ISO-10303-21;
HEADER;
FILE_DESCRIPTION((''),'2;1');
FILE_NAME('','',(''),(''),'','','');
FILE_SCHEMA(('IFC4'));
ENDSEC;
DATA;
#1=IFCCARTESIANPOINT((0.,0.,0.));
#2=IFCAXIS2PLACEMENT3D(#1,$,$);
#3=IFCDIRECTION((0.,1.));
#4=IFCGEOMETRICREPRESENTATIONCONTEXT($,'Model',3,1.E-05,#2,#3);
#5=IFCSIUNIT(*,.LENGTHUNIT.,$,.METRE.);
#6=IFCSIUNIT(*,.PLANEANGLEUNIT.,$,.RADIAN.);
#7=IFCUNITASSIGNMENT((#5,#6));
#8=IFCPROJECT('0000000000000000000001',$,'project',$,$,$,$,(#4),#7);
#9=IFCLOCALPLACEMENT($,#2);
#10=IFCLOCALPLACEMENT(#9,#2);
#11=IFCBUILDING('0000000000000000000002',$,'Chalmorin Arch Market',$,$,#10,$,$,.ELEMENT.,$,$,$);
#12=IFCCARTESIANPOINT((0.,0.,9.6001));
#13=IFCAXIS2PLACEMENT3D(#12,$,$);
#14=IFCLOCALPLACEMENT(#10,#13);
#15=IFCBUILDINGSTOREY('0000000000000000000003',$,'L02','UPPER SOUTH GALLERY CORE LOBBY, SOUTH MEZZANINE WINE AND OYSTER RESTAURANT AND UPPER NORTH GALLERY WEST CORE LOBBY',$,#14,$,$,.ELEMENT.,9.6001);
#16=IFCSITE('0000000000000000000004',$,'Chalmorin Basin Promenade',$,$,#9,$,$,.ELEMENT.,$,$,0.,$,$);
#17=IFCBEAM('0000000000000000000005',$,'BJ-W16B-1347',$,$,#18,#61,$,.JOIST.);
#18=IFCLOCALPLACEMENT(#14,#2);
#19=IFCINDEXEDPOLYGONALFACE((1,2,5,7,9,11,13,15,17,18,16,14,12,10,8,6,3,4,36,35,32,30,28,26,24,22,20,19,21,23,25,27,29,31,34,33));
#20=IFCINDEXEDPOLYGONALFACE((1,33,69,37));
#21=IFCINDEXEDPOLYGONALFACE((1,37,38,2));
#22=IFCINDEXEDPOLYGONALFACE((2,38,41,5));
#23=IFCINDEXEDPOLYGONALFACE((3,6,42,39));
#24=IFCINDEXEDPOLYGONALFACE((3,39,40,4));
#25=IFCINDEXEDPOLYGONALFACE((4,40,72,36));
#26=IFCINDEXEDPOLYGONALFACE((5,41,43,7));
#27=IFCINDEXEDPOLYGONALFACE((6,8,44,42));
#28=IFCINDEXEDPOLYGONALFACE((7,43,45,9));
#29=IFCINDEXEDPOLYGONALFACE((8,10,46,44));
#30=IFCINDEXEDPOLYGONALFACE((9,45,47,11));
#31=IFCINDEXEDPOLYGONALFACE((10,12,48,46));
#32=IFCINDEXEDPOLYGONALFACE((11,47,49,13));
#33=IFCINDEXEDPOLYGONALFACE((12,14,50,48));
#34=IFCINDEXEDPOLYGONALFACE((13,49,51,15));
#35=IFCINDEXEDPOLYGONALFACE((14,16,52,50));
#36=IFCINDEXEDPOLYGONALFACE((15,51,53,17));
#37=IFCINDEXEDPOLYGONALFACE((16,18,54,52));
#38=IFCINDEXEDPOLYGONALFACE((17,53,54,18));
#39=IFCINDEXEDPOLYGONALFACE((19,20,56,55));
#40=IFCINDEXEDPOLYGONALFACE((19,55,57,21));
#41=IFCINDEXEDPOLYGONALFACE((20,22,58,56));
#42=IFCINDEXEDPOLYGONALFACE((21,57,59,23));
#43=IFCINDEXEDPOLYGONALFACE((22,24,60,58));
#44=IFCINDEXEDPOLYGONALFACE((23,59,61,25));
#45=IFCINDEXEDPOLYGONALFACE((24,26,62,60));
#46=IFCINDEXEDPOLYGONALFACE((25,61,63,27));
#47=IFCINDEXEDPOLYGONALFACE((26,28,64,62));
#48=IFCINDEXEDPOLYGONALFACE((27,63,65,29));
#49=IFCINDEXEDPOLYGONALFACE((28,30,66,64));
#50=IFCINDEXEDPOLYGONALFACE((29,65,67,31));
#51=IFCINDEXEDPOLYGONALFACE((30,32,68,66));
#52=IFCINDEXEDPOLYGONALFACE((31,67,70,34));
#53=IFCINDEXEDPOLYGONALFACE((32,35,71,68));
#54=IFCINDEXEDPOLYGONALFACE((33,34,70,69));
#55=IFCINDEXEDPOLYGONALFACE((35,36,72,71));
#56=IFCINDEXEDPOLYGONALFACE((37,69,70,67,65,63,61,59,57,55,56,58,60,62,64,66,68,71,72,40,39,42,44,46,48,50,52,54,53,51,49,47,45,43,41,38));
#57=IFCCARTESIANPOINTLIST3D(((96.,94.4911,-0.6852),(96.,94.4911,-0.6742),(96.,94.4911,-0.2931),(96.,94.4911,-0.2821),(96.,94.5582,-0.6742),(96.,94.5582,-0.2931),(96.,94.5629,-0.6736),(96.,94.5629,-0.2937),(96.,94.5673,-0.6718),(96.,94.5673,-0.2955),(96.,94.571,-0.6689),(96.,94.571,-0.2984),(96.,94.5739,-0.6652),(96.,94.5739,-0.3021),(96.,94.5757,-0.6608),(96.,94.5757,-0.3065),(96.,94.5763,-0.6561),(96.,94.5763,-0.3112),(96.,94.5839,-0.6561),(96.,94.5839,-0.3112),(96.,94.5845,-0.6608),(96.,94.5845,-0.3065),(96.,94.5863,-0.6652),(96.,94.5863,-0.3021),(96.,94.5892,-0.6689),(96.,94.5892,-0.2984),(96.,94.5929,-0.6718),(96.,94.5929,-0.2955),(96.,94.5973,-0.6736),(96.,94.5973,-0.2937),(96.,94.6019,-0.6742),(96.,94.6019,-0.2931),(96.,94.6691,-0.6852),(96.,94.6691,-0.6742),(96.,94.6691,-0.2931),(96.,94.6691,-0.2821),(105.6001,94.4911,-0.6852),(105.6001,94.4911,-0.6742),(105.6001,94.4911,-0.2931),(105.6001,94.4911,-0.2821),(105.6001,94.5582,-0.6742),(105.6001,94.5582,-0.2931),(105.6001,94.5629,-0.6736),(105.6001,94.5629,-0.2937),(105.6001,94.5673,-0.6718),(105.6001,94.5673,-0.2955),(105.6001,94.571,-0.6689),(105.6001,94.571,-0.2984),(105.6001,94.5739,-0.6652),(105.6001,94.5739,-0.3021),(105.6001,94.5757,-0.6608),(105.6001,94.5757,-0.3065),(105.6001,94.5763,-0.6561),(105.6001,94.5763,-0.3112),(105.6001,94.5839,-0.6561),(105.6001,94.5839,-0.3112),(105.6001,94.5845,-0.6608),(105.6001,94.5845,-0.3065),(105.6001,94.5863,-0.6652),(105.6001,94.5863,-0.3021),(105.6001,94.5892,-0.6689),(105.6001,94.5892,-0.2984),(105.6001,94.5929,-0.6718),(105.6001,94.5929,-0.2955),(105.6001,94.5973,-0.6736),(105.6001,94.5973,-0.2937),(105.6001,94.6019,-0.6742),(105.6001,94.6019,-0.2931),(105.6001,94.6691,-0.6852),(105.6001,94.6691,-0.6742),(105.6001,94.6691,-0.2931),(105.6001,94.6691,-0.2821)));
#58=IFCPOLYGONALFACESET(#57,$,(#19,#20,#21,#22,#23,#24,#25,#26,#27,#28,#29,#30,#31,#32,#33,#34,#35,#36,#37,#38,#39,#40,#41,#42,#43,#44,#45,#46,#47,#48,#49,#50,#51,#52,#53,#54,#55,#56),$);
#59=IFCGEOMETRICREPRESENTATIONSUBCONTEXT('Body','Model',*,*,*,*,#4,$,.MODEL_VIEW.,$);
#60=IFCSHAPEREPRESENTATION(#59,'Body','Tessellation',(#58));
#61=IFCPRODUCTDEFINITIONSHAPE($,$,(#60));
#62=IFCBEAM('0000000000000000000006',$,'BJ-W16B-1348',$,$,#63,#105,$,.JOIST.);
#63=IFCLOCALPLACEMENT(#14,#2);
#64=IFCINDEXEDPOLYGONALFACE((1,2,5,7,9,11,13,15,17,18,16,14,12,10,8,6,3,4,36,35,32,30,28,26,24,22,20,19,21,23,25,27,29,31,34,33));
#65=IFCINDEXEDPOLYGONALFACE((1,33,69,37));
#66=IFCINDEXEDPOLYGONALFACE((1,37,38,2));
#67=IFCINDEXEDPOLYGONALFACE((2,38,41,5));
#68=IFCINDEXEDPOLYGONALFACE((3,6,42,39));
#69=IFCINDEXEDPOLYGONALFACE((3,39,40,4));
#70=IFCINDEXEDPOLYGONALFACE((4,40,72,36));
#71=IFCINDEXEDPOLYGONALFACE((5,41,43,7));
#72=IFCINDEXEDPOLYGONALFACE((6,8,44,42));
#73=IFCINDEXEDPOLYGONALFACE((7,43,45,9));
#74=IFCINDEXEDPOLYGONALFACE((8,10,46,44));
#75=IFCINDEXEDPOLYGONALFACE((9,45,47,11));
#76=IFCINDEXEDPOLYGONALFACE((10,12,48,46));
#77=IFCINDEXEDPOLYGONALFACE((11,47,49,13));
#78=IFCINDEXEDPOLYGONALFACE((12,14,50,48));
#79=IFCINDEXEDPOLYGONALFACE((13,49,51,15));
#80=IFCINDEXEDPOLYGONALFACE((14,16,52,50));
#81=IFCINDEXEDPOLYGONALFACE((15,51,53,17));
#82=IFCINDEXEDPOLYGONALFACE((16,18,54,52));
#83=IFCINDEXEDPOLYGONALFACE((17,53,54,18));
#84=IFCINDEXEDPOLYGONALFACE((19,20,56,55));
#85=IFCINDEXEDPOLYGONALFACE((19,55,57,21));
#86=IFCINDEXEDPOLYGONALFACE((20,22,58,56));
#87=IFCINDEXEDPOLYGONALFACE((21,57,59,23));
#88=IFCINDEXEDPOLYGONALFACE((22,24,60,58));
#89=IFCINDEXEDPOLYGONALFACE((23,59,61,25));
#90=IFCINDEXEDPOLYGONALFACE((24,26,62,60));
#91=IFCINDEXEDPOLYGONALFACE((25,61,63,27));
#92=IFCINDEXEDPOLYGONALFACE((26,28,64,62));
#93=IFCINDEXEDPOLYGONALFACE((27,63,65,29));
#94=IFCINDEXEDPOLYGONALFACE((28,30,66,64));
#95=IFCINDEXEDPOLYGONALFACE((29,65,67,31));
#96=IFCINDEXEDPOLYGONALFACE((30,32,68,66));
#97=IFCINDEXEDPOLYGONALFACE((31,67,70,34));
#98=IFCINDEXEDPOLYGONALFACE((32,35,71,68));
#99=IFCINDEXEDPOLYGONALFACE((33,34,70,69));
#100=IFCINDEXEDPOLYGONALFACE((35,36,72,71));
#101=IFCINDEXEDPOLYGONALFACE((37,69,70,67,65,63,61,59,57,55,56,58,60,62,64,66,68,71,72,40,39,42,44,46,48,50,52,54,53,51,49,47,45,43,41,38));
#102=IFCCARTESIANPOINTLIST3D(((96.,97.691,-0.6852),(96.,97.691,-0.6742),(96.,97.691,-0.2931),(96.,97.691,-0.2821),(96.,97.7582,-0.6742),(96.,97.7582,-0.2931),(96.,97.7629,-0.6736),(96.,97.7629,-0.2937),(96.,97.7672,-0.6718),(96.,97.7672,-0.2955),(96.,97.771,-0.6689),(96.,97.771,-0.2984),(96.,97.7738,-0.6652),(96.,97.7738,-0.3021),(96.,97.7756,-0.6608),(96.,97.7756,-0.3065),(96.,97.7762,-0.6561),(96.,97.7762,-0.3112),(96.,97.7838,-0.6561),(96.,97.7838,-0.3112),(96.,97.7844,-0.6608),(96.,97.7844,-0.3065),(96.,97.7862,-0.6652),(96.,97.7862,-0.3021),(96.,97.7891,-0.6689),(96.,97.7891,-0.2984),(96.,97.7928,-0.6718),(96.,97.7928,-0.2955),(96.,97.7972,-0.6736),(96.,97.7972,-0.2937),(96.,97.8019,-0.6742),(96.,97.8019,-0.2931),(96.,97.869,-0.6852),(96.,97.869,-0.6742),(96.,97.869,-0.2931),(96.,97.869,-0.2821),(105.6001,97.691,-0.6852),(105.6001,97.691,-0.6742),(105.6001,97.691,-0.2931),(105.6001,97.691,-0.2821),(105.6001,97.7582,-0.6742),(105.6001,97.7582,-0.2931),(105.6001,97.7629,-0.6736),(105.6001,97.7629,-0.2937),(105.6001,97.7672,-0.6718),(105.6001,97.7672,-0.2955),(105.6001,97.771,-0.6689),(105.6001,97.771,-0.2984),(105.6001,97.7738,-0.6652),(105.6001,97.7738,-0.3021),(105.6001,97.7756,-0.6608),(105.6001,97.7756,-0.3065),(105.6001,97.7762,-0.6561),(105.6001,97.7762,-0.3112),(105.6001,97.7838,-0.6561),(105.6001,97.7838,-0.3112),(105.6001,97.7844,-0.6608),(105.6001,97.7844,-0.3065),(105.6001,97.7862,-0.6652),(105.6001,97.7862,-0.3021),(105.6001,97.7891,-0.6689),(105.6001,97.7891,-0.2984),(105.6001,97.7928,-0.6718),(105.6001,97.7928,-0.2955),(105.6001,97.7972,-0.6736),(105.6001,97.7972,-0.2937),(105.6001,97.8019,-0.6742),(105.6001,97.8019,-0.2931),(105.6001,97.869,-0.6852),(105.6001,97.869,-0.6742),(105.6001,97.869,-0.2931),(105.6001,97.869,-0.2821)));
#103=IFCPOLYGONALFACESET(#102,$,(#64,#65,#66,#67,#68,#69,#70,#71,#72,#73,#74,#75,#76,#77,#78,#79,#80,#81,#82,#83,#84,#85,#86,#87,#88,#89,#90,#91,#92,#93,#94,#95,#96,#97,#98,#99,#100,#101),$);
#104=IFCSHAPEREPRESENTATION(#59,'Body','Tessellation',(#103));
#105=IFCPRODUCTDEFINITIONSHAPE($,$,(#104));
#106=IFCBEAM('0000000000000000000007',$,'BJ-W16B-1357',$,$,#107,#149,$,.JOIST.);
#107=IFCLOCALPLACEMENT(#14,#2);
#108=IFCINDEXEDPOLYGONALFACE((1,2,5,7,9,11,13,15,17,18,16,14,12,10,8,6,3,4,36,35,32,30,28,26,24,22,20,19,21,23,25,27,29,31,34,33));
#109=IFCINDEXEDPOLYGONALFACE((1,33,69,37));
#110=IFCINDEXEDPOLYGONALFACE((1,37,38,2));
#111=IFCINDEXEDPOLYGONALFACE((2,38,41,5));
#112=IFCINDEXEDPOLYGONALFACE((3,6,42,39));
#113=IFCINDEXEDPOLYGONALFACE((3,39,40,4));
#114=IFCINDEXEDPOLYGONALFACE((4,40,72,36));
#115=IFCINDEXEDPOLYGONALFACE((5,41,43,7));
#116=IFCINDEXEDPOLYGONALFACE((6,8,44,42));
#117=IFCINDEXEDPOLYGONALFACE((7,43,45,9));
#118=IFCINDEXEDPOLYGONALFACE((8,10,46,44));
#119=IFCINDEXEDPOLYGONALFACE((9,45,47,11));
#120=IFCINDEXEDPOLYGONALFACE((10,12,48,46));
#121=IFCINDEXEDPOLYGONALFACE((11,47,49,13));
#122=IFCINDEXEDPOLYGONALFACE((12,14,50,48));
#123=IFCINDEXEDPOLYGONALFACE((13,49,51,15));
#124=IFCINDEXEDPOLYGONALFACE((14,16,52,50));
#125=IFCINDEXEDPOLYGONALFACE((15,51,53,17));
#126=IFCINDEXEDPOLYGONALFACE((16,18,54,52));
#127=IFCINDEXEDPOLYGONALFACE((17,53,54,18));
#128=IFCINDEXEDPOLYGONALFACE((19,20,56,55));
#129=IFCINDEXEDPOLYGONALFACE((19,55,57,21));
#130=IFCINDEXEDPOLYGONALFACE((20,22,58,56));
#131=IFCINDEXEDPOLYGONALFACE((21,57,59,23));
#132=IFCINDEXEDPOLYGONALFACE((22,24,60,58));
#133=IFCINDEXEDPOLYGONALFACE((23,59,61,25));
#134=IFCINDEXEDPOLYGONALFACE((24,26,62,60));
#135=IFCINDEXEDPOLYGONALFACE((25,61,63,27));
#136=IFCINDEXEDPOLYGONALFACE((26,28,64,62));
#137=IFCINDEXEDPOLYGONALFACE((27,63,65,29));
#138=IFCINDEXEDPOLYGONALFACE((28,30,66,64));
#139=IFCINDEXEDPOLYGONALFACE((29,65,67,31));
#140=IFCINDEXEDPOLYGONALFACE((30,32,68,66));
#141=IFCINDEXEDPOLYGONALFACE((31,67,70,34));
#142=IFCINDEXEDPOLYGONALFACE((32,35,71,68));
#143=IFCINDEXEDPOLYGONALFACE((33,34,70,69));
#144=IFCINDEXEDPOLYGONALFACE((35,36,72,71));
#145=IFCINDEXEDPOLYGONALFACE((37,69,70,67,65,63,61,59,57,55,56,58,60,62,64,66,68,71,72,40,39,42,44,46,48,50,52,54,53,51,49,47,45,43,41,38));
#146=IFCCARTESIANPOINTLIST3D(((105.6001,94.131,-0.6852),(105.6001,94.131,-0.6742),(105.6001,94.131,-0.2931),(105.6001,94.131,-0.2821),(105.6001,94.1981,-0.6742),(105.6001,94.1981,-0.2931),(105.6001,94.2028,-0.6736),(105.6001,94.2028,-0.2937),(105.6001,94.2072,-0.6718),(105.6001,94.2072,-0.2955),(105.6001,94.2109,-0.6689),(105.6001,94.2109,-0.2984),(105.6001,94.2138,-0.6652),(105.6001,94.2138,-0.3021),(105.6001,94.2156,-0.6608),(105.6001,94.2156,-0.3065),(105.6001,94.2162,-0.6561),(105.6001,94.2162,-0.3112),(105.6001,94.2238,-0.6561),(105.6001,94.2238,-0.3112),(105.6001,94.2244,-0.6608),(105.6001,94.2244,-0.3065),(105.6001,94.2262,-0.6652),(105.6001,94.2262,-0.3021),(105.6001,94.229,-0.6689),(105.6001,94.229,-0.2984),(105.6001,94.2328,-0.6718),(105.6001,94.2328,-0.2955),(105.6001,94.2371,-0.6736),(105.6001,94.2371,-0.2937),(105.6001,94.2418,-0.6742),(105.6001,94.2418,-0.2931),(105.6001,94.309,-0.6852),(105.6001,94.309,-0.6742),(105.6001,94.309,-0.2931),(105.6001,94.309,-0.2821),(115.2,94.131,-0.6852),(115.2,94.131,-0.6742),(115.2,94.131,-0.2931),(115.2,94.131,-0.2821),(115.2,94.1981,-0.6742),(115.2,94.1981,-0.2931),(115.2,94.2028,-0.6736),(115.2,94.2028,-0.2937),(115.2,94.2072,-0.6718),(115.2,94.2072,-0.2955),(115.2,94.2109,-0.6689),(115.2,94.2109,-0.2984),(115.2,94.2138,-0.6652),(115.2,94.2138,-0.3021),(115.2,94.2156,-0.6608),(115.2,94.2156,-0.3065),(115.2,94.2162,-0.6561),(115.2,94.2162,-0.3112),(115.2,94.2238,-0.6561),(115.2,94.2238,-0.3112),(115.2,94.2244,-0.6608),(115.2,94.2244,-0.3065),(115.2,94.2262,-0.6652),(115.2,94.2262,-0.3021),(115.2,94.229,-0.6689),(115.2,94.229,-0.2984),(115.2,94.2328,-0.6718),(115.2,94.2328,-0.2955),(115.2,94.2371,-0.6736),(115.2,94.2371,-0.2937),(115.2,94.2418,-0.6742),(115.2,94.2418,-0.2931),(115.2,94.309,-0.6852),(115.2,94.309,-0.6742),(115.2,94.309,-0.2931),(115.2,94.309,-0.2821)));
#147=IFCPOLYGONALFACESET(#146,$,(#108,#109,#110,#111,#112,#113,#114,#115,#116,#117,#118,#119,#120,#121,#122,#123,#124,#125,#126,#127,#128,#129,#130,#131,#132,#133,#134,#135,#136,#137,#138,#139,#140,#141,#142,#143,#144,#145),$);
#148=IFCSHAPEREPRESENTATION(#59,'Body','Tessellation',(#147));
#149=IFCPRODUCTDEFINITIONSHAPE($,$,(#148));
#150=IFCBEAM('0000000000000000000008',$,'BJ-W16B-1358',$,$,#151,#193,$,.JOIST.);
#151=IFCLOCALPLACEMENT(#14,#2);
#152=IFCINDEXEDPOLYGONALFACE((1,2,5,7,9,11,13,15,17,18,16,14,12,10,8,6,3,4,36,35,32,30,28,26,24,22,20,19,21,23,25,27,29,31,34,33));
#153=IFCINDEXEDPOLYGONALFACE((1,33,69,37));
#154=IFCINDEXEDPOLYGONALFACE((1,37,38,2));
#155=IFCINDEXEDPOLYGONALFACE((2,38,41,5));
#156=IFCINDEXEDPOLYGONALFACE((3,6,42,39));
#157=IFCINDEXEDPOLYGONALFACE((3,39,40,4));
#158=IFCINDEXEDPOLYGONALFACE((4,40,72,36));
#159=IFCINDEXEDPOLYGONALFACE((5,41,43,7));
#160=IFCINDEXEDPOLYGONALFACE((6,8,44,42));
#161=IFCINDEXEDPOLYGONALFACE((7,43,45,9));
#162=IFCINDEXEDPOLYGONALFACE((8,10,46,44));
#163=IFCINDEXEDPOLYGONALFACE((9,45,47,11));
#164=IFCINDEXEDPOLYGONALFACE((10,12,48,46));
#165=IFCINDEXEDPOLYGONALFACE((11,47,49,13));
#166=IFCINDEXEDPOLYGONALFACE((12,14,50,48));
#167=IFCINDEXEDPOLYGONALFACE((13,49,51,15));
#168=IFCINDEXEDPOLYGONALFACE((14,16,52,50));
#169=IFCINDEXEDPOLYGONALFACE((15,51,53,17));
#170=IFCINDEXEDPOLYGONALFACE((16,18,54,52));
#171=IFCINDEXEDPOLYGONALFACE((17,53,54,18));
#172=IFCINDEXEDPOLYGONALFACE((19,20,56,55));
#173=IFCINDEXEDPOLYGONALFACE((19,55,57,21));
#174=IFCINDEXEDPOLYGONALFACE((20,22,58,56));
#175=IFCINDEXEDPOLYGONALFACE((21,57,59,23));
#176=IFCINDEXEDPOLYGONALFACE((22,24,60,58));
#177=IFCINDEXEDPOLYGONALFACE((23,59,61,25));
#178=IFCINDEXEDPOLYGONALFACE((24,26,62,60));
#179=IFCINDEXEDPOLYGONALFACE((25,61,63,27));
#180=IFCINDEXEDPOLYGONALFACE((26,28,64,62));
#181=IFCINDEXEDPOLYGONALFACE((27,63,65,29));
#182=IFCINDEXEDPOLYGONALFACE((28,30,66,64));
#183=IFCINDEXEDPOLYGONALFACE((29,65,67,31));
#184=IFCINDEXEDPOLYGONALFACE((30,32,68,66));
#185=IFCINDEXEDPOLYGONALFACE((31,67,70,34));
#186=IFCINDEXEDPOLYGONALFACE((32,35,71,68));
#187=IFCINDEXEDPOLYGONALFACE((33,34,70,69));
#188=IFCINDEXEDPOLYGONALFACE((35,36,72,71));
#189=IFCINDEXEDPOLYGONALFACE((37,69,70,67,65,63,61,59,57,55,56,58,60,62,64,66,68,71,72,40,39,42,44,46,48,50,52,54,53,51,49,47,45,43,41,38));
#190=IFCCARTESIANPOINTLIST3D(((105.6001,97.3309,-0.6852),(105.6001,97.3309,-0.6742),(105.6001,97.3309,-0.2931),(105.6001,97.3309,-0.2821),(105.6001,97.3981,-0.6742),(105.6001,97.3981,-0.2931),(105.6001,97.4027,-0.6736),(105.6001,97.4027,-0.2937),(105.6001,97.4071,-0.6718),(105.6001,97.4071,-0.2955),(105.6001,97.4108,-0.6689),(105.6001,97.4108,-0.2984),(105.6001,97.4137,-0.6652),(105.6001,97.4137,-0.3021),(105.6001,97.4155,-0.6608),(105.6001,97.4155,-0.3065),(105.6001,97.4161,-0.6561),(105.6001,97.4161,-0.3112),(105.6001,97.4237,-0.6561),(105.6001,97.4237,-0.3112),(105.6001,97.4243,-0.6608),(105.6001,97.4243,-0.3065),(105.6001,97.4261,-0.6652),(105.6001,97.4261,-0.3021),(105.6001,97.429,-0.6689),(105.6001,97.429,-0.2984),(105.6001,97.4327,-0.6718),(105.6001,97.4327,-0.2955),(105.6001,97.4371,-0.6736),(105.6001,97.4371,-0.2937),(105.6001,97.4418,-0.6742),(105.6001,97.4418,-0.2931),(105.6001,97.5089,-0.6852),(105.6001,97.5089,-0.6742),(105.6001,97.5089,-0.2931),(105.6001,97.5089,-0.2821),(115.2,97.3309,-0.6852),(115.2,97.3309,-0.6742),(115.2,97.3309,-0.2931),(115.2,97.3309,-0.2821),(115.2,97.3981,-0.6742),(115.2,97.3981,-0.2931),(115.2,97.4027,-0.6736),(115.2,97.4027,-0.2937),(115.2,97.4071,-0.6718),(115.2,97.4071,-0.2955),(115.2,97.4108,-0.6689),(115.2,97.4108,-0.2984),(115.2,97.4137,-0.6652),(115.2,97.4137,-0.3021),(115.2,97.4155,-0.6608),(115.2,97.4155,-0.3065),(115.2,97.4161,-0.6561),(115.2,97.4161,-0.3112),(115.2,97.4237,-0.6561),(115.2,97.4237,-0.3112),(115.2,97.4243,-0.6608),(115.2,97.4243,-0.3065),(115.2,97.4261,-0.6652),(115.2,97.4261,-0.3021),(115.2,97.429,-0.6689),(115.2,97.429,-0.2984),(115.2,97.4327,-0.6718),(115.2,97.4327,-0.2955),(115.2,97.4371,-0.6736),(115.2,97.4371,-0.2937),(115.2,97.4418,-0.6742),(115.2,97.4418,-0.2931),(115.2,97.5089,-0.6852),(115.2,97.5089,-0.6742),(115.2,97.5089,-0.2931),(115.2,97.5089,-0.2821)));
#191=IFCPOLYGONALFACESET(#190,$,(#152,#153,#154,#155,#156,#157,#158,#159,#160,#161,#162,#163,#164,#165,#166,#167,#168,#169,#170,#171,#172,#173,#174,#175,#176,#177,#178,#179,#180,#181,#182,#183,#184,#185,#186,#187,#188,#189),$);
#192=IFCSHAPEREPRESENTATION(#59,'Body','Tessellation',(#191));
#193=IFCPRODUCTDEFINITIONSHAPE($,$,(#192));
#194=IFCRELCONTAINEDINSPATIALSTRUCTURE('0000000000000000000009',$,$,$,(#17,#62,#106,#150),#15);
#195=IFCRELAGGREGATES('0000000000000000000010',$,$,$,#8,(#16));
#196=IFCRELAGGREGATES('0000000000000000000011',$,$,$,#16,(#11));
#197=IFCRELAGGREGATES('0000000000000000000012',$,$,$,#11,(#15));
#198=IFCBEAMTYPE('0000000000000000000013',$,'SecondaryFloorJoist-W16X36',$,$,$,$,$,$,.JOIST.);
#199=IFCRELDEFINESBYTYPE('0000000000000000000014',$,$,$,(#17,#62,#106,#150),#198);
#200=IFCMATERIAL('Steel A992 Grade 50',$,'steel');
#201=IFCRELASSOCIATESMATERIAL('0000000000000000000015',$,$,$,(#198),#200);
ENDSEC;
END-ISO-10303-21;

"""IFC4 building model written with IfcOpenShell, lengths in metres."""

from ifc_helpers import new_model, si_unit, direction, frame, origin, origin_2d, place, context, subcontext, project, spatial, i_section, extrude, material, material_profile, profile_set, type_object, element, save


model = new_model("IFC4")

# Units and contexts
model_context = context("Model", 3, precision=1e-05, world=origin(), true_north=direction((0.0, 1.0)))
body_context = subcontext(model_context, "Body", "Model", "MODEL_VIEW")
ifc_project = project(units=[si_unit("LENGTHUNIT", "METRE"), si_unit("PLANEANGLEUNIT", "RADIAN")], contexts=[model_context])

# Site, building, storey
site_placement = place(None, origin())
site = spatial("IfcSite", under=ifc_project, at=site_placement, Name="Chalmorin Basin Promenade", CompositionType="ELEMENT", RefElevation=0.0)
building_placement = place(site_placement, origin())
building = spatial("IfcBuilding", under=site, at=building_placement, Name="Chalmorin Arch Market", CompositionType="ELEMENT")
storey_placement = place(building_placement, frame((0.0, 0.0, 9.6001)))
storey = spatial("IfcBuildingStorey", under=building, at=storey_placement, Name="L02", Description="UPPER SOUTH GALLERY CORE LOBBY, SOUTH MEZZANINE WINE AND OYSTER RESTAURANT AND UPPER NORTH GALLERY WEST CORE LOBBY", CompositionType="ELEMENT", Elevation=9.6001)

# Beams
ifc_material_1 = material(Name="Steel A992 Grade 50", Category="steel")
ifc_material_profile_1 = material_profile(ifc_material_1, i_section(OverallWidth=0.178, OverallDepth=0.4031, WebThickness=0.0076, FlangeThickness=0.011, FilletRadius=0.0181, at=origin_2d()), Name="W16X36")
ifc_profile_set_1 = profile_set([ifc_material_profile_1], Name="Steel A992 Grade 50")
beam_type_1 = type_object("IfcBeamType", Name="SecondaryFloorJoist-W16X36", PredefinedType="JOIST", material=ifc_profile_set_1)
for number, where, z_axis, x_axis, name in (
    (1, (96.0, 94.5801, -0.4836), (1.0, 0.0, 0.0), (0.0, 1.0, 0.0), "BJ-W16B-1347"),
    (2, (96.0, 97.78, -0.4836), (1.0, 0.0, 0.0), (0.0, 1.0, 0.0), "BJ-W16B-1348"),
):
    element("IfcBeam", number, at=place(storey_placement, frame(where, z_axis=z_axis, x_axis=x_axis)), inside=storey, type_object=beam_type_1, Name=name, PredefinedType="JOIST", context=body_context, shape_type="SweptSolid", body=[
        extrude(i_section(OverallWidth=0.178, OverallDepth=0.4031, WebThickness=0.0076, FlangeThickness=0.011, FilletRadius=0.0181, at=origin_2d()), origin(), (0.0, 0.0, 1.0), 9.6001),
    ])
for number, where, z_axis, x_axis, name in (
    (3, (105.6001, 94.22, -0.4836), (1.0, 0.0, 0.0), (0.0, 1.0, 0.0), "BJ-W16B-1357"),
    (4, (105.6001, 97.4199, -0.4836), (1.0, 0.0, 0.0), (0.0, 1.0, 0.0), "BJ-W16B-1358"),
):
    element("IfcBeam", number, at=place(storey_placement, frame(where, z_axis=z_axis, x_axis=x_axis)), inside=storey, type_object=beam_type_1, Name=name, PredefinedType="JOIST", context=body_context, shape_type="SweptSolid", body=[
        extrude(i_section(OverallWidth=0.178, OverallDepth=0.4031, WebThickness=0.0076, FlangeThickness=0.011, FilletRadius=0.0181, at=origin_2d()), origin(), (0.0, 0.0, 1.0), 9.5999),
    ])

save(model, "model.ifc")
